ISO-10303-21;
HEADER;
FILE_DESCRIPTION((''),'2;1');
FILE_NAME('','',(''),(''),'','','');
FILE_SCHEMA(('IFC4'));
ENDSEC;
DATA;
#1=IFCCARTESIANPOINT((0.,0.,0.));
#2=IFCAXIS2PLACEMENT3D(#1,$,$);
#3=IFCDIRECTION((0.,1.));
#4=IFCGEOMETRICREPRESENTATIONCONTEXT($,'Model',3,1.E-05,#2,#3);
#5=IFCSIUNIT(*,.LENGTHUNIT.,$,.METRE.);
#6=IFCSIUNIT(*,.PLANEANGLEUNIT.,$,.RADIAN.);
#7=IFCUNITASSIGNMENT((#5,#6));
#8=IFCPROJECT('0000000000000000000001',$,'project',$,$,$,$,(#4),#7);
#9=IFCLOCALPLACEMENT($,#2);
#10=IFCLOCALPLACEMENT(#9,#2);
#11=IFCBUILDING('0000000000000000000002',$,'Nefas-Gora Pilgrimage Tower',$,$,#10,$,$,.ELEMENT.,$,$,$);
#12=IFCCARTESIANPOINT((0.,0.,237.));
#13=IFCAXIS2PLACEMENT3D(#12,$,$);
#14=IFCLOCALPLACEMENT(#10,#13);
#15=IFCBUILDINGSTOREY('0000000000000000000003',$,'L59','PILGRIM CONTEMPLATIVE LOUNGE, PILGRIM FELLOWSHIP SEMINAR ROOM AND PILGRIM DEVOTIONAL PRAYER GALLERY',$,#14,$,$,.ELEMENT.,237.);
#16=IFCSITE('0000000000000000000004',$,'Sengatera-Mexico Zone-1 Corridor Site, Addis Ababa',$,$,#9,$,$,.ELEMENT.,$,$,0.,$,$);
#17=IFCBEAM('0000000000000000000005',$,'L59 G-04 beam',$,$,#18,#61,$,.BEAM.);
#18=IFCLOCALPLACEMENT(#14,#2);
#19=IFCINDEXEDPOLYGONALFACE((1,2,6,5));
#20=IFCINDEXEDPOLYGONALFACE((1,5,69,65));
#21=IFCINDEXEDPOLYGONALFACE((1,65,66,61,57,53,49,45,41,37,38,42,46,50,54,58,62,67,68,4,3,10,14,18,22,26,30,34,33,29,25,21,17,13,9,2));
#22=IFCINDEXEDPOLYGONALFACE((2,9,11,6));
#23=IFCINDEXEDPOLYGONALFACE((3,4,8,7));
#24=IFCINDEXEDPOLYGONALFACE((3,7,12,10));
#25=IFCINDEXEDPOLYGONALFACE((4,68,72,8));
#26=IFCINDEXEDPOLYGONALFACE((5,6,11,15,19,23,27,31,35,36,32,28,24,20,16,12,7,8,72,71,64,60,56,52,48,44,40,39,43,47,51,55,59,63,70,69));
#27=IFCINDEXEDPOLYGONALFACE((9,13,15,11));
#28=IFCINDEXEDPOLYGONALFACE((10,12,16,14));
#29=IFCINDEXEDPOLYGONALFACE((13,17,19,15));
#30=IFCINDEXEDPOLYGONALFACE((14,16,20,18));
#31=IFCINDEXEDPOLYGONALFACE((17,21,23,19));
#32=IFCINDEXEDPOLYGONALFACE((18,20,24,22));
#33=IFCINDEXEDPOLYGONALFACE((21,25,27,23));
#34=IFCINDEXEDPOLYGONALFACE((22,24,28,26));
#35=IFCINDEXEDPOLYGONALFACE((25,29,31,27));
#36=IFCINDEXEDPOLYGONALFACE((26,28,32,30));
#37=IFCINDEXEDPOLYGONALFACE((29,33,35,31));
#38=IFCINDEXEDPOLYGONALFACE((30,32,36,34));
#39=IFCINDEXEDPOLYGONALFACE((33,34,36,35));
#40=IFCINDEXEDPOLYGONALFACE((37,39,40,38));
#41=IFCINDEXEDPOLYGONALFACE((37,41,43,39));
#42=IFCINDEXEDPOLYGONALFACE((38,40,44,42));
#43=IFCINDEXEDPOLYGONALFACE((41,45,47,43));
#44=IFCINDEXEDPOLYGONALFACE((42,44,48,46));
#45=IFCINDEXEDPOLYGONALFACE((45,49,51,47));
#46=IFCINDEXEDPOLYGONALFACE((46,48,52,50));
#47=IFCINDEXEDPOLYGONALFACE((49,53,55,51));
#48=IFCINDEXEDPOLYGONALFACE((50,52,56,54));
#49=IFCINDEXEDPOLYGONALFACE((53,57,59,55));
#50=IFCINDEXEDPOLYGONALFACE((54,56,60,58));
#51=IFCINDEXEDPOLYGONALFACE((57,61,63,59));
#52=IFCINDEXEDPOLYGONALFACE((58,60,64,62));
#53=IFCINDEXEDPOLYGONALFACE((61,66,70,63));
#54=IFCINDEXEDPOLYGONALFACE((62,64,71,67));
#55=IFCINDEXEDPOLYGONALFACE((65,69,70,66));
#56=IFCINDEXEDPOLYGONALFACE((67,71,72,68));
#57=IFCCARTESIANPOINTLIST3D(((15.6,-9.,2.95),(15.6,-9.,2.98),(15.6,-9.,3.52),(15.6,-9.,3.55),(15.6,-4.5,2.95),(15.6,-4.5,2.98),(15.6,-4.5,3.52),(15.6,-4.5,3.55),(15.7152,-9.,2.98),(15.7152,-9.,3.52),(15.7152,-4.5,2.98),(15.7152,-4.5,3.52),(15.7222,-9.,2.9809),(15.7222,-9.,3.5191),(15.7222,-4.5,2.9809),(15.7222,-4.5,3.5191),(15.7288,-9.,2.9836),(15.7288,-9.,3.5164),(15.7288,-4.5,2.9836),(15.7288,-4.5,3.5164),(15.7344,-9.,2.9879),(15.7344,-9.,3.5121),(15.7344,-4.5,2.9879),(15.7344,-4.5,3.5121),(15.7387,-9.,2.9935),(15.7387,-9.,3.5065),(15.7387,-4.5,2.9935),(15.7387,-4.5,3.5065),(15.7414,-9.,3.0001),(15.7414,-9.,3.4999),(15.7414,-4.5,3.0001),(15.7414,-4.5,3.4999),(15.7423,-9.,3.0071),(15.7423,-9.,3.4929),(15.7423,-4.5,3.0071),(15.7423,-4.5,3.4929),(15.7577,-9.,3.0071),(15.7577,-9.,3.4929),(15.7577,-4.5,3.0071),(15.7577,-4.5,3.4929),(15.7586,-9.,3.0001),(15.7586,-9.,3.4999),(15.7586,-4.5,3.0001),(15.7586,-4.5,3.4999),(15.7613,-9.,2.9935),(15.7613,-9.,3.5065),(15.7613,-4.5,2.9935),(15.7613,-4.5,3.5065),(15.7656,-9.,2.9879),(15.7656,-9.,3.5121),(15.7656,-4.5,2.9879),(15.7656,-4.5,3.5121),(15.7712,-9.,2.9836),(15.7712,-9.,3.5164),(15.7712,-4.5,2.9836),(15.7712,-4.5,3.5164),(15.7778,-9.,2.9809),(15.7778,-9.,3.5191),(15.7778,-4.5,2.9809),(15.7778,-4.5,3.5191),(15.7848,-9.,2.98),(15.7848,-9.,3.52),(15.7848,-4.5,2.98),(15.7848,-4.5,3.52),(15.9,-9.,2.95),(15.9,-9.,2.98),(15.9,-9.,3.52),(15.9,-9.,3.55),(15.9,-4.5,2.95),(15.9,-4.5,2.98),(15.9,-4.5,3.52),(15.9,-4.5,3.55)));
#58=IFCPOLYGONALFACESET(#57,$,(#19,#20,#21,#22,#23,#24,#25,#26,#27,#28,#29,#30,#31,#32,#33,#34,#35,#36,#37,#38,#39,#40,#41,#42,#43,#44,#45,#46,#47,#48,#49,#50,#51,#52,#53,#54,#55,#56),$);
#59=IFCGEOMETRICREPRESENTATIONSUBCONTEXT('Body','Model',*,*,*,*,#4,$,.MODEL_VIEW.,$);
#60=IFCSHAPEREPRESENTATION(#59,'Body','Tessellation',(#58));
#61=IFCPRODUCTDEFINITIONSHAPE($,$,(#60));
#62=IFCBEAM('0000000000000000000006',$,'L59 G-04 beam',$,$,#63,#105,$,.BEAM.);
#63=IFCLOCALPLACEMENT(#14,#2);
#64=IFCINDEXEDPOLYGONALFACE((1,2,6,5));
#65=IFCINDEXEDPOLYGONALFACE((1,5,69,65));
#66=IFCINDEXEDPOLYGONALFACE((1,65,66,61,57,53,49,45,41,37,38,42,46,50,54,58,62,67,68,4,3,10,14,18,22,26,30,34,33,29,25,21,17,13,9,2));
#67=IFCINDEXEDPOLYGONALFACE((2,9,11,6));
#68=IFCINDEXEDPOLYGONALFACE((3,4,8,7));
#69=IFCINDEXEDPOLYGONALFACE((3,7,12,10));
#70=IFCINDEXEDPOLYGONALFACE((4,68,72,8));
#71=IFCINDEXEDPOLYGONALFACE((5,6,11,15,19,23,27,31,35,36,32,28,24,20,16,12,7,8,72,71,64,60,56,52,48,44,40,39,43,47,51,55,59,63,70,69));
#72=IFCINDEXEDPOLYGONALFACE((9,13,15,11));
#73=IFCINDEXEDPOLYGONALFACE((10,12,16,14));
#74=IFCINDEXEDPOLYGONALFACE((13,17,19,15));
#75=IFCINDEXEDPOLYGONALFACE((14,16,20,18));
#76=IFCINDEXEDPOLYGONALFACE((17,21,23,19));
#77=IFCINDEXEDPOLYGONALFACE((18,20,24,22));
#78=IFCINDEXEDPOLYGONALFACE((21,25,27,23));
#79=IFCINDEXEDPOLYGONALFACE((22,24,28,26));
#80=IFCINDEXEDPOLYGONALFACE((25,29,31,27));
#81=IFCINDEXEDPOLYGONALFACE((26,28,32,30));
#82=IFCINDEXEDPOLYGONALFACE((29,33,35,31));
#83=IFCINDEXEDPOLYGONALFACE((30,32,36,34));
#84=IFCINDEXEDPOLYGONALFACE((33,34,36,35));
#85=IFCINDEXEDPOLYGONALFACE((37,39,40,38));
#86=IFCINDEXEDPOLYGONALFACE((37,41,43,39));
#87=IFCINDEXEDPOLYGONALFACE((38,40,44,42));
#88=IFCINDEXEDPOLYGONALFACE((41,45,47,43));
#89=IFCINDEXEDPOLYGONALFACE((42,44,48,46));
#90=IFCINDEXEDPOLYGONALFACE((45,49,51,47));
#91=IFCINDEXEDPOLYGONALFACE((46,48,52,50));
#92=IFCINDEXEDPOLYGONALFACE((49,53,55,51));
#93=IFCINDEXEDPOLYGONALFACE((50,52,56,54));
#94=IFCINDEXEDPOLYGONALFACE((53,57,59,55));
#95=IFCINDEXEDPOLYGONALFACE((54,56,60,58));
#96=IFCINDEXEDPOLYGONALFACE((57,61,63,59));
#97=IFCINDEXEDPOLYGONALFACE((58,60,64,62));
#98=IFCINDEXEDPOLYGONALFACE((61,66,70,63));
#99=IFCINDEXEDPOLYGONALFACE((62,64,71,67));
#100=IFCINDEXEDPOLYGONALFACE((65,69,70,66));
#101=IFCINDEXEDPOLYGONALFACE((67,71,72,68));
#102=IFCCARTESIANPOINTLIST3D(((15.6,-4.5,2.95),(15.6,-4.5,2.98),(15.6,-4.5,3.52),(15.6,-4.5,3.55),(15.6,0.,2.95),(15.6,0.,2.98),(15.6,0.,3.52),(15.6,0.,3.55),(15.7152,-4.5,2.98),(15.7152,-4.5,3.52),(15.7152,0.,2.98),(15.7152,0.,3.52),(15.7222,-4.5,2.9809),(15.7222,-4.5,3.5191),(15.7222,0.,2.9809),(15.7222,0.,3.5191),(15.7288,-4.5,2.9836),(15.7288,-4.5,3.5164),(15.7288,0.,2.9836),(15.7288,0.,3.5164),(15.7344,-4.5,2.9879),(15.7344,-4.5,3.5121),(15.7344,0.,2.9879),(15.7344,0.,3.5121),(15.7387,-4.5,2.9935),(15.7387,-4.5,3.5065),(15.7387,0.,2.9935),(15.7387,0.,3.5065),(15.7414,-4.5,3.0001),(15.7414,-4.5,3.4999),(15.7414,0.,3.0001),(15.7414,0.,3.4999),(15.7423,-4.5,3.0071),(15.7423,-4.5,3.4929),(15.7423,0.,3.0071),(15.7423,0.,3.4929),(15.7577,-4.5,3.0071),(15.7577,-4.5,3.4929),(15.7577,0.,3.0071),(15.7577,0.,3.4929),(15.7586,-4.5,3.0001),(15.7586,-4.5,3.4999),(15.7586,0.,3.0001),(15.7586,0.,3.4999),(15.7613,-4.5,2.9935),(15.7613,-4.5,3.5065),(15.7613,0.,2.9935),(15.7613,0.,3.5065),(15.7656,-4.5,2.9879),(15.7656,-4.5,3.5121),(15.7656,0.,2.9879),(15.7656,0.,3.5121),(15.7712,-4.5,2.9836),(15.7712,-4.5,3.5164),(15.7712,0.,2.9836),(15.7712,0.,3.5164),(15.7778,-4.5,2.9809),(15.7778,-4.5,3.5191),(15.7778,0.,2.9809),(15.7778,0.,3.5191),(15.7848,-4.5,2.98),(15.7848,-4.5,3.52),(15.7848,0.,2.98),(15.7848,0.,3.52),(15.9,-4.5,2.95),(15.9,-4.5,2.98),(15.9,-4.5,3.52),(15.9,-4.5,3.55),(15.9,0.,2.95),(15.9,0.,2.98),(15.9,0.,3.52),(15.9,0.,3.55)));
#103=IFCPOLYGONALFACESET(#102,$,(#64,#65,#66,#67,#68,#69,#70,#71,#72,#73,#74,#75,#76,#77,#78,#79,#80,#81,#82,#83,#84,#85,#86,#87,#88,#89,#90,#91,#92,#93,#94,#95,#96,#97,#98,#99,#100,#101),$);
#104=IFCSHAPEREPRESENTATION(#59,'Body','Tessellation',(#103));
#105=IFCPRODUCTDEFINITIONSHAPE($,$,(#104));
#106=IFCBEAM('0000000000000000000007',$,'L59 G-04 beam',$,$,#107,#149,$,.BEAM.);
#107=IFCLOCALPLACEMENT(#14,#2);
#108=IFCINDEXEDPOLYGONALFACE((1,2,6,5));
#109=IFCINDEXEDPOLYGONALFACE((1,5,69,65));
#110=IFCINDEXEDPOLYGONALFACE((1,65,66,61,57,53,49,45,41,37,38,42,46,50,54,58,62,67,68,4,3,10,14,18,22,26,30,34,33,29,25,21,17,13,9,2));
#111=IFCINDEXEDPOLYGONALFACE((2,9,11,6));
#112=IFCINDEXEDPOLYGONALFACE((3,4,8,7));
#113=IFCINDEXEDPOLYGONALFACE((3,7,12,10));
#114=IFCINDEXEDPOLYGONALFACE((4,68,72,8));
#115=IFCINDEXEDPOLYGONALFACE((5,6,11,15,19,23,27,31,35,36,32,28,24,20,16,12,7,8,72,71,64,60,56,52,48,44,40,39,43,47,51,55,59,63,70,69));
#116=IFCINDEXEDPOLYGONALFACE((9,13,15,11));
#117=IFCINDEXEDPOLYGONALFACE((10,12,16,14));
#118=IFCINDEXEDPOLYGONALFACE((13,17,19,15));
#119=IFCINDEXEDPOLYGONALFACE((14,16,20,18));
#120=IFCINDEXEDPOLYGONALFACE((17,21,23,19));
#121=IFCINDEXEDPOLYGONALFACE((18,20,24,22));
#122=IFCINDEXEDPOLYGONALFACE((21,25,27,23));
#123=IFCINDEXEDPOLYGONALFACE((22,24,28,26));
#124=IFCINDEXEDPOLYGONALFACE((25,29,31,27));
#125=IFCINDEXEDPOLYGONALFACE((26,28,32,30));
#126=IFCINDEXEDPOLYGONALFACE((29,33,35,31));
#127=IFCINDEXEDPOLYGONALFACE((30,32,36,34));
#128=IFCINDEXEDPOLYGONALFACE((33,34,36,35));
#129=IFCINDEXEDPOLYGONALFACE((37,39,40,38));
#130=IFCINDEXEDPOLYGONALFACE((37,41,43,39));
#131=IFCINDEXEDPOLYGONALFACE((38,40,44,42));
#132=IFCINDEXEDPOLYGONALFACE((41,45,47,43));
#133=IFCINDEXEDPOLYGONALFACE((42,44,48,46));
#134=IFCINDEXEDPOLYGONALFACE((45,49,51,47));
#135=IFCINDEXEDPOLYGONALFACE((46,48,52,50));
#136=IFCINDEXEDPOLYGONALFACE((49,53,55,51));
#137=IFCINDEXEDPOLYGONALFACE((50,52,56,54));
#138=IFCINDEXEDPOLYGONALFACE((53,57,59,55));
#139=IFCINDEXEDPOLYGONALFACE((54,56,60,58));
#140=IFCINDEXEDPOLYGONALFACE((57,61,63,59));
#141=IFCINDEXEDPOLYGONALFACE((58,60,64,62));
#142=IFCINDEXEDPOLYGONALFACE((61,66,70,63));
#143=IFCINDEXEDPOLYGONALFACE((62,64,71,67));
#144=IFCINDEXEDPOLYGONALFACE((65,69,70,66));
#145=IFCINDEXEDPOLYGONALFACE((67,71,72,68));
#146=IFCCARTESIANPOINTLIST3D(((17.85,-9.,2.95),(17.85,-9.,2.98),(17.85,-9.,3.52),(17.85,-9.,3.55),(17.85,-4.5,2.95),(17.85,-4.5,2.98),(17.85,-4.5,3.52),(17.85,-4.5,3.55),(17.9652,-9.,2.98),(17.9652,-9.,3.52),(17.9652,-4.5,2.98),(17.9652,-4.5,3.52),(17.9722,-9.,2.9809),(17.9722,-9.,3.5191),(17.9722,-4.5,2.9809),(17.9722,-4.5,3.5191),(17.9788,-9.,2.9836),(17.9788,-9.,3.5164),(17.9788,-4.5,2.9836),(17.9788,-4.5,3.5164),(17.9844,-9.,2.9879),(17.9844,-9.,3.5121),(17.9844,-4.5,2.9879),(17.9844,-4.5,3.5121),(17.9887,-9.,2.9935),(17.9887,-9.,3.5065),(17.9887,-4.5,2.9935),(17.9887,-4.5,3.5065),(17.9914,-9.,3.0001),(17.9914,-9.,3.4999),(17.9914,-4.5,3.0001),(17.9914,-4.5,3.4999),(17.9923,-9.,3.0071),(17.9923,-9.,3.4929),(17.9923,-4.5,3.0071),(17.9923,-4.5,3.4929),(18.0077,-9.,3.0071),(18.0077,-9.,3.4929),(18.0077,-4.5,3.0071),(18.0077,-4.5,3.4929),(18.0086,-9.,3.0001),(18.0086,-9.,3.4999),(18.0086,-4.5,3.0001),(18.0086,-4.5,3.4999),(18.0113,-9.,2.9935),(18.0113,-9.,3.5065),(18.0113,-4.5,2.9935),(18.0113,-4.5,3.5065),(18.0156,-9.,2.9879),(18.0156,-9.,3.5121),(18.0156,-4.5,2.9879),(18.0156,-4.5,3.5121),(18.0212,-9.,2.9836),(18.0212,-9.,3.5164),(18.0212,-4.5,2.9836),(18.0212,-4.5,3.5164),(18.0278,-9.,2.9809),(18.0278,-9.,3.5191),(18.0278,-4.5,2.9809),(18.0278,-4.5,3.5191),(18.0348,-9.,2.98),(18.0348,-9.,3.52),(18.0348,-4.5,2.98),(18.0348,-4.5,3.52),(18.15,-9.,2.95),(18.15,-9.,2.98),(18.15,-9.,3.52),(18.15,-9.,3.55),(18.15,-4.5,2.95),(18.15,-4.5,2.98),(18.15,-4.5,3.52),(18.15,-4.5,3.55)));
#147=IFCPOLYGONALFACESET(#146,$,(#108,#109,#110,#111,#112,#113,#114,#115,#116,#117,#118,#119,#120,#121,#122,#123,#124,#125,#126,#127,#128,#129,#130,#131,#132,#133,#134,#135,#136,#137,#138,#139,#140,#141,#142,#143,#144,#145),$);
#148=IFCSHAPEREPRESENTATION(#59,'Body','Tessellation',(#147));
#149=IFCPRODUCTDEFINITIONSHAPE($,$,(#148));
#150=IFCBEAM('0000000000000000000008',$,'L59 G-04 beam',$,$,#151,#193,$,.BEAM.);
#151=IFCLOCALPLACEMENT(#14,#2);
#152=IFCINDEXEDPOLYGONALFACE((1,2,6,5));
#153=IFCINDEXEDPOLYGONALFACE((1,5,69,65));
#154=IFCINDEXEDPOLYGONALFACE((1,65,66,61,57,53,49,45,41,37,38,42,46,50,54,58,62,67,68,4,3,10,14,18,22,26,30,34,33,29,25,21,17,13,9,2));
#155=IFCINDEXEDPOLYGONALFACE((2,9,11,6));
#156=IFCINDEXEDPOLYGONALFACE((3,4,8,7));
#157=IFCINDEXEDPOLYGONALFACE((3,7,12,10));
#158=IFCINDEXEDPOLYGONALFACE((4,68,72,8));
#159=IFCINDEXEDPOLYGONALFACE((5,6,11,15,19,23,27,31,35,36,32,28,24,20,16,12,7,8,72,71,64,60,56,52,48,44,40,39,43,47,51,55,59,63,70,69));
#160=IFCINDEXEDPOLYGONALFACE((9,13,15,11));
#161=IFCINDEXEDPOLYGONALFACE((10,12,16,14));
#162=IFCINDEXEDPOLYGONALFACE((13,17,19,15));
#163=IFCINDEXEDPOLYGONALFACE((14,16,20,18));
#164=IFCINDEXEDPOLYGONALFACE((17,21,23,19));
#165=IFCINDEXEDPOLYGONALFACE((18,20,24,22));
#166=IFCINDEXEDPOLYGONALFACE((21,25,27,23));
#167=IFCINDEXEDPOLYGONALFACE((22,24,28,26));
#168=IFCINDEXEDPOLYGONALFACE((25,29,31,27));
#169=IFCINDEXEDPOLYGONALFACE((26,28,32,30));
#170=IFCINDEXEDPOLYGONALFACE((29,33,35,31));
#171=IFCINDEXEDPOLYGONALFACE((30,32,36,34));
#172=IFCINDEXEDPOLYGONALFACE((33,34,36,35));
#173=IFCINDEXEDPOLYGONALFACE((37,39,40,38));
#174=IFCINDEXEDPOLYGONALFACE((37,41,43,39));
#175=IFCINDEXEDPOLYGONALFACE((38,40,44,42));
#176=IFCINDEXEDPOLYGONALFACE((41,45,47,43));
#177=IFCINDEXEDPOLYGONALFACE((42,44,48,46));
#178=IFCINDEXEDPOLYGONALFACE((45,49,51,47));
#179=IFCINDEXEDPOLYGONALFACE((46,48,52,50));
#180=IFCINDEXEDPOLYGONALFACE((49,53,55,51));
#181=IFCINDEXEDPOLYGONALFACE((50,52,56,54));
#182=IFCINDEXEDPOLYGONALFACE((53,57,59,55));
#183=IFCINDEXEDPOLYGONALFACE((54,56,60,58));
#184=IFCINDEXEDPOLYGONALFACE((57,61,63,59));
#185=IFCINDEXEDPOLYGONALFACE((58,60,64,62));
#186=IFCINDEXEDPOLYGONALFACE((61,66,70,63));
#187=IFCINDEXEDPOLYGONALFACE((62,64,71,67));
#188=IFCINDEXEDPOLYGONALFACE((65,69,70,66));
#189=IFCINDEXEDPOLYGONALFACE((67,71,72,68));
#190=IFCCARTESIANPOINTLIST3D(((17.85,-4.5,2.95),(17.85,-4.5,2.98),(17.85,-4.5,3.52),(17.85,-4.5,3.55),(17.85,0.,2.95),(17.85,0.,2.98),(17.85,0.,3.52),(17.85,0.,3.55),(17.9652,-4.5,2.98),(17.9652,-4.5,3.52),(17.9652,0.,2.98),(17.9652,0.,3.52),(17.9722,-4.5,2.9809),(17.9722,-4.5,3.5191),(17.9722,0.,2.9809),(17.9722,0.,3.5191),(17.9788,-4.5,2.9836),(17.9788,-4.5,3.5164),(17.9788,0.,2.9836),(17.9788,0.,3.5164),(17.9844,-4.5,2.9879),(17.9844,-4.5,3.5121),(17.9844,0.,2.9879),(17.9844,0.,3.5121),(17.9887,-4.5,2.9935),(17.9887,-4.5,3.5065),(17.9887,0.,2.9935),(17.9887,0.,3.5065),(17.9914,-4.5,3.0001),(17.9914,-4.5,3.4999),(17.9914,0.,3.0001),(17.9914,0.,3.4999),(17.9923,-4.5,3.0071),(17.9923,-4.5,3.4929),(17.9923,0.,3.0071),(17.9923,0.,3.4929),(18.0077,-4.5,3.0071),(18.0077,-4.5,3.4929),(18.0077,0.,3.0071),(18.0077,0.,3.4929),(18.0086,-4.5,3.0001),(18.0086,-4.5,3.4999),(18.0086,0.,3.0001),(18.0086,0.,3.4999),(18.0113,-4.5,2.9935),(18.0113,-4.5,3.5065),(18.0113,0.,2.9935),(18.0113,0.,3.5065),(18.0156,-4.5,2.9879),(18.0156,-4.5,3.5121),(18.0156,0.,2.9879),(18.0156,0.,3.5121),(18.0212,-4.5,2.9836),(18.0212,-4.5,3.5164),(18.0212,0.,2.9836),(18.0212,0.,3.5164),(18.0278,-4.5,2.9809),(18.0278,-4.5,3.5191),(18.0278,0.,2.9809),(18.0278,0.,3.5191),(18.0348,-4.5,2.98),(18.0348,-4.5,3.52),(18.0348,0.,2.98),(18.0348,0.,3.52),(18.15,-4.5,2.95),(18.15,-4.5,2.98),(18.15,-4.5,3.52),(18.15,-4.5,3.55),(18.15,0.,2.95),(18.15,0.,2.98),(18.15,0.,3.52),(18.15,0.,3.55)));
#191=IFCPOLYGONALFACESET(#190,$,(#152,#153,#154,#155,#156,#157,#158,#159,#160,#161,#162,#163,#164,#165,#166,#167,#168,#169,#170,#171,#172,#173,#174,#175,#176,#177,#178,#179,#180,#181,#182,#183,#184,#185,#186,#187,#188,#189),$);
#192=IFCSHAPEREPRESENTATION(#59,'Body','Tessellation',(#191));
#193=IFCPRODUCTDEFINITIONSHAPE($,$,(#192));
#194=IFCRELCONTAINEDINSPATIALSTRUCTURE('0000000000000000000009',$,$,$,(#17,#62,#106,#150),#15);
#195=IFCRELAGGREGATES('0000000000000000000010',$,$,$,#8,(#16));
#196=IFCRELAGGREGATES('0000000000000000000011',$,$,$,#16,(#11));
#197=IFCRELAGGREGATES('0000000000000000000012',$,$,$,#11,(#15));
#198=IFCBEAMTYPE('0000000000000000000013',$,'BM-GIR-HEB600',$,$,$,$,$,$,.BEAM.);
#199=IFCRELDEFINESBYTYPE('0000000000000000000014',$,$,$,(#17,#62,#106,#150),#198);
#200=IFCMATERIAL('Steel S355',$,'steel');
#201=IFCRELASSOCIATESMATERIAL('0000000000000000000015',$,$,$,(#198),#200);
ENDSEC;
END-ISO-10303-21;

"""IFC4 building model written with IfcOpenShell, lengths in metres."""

from ifc_helpers import new_model, si_unit, direction, frame, origin, origin_2d, place, context, subcontext, project, spatial, i_section, extrude, source, transform, mapped, material, material_profile, profile_set, type_object, element, save


model = new_model("IFC4")

# Units and contexts
model_context = context("Model", 3, precision=1e-05, world=origin(), true_north=direction((0.0, 1.0)))
body_context = subcontext(model_context, "Body", "Model", "MODEL_VIEW")
ifc_project = project(units=[si_unit("LENGTHUNIT", "METRE"), si_unit("PLANEANGLEUNIT", "RADIAN")], contexts=[model_context])

# Site, building, storey
site_placement = place(None, origin())
site = spatial("IfcSite", under=ifc_project, at=site_placement, Name="Sengatera-Mexico Zone-1 Corridor Site, Addis Ababa", CompositionType="ELEMENT", RefElevation=0.0)
building_placement = place(site_placement, origin())
building = spatial("IfcBuilding", under=site, at=building_placement, Name="Nefas-Gora Pilgrimage Tower", CompositionType="ELEMENT")
storey_placement = place(building_placement, frame((0.0, 0.0, 237.0)))
storey = spatial("IfcBuildingStorey", under=building, at=storey_placement, Name="L59", Description="PILGRIM CONTEMPLATIVE LOUNGE, PILGRIM FELLOWSHIP SEMINAR ROOM AND PILGRIM DEVOTIONAL PRAYER GALLERY", CompositionType="ELEMENT", Elevation=237.0)

# Beams
ifc_material_1 = material(Name="Steel S355", Category="steel")
ifc_material_profile_1 = material_profile(ifc_material_1, i_section(OverallWidth=0.3, OverallDepth=0.6001, WebThickness=0.0154, FlangeThickness=0.03, FilletRadius=0.0271, at=origin_2d()), Name="HEB 600")
ifc_profile_set_1 = profile_set([ifc_material_profile_1], Name="Steel S355")
beam_type_1 = type_object("IfcBeamType", Name="BM-GIR-HEB600", PredefinedType="BEAM", material=ifc_profile_set_1)
shared_shape_1 = source(origin(), body_context, "Body", "SweptSolid", [
    extrude(i_section(OverallWidth=0.3, OverallDepth=0.6001, WebThickness=0.0154, FlangeThickness=0.03, FilletRadius=0.0271, at=origin_2d()), origin(), (0.0, 0.0, 1.0), 4.5),
])
for number, where, z_axis, x_axis, name in (
    (1, (15.75, -9.0, 3.25), (0.0, 1.0, 0.0), (-1.0, 0.0, 0.0), "L59 G-04 beam"),
    (2, (15.75, -4.5, 3.25), (0.0, 1.0, 0.0), (-1.0, 0.0, 0.0), "L59 G-04 beam"),
    (3, (18.0, -9.0, 3.25), (0.0, 1.0, 0.0), (-1.0, 0.0, 0.0), "L59 G-04 beam"),
    (4, (18.0, -4.5, 3.25), (0.0, 1.0, 0.0), (-1.0, 0.0, 0.0), "L59 G-04 beam"),
):
    element("IfcBeam", number, at=place(storey_placement, frame(where, z_axis=z_axis, x_axis=x_axis)), inside=storey, type_object=beam_type_1, Name=name, PredefinedType="BEAM", context=body_context, shape_type="MappedRepresentation", body=[
        mapped(shared_shape_1, transform((0.0, 0.0, 0.0), x_axis=(1.0, 0.0, 0.0), y_axis=(0.0, 1.0, 0.0), z_axis=(0.0, 0.0, 1.0), scale=1.0)),
    ])

save(model, "model.ifc")
